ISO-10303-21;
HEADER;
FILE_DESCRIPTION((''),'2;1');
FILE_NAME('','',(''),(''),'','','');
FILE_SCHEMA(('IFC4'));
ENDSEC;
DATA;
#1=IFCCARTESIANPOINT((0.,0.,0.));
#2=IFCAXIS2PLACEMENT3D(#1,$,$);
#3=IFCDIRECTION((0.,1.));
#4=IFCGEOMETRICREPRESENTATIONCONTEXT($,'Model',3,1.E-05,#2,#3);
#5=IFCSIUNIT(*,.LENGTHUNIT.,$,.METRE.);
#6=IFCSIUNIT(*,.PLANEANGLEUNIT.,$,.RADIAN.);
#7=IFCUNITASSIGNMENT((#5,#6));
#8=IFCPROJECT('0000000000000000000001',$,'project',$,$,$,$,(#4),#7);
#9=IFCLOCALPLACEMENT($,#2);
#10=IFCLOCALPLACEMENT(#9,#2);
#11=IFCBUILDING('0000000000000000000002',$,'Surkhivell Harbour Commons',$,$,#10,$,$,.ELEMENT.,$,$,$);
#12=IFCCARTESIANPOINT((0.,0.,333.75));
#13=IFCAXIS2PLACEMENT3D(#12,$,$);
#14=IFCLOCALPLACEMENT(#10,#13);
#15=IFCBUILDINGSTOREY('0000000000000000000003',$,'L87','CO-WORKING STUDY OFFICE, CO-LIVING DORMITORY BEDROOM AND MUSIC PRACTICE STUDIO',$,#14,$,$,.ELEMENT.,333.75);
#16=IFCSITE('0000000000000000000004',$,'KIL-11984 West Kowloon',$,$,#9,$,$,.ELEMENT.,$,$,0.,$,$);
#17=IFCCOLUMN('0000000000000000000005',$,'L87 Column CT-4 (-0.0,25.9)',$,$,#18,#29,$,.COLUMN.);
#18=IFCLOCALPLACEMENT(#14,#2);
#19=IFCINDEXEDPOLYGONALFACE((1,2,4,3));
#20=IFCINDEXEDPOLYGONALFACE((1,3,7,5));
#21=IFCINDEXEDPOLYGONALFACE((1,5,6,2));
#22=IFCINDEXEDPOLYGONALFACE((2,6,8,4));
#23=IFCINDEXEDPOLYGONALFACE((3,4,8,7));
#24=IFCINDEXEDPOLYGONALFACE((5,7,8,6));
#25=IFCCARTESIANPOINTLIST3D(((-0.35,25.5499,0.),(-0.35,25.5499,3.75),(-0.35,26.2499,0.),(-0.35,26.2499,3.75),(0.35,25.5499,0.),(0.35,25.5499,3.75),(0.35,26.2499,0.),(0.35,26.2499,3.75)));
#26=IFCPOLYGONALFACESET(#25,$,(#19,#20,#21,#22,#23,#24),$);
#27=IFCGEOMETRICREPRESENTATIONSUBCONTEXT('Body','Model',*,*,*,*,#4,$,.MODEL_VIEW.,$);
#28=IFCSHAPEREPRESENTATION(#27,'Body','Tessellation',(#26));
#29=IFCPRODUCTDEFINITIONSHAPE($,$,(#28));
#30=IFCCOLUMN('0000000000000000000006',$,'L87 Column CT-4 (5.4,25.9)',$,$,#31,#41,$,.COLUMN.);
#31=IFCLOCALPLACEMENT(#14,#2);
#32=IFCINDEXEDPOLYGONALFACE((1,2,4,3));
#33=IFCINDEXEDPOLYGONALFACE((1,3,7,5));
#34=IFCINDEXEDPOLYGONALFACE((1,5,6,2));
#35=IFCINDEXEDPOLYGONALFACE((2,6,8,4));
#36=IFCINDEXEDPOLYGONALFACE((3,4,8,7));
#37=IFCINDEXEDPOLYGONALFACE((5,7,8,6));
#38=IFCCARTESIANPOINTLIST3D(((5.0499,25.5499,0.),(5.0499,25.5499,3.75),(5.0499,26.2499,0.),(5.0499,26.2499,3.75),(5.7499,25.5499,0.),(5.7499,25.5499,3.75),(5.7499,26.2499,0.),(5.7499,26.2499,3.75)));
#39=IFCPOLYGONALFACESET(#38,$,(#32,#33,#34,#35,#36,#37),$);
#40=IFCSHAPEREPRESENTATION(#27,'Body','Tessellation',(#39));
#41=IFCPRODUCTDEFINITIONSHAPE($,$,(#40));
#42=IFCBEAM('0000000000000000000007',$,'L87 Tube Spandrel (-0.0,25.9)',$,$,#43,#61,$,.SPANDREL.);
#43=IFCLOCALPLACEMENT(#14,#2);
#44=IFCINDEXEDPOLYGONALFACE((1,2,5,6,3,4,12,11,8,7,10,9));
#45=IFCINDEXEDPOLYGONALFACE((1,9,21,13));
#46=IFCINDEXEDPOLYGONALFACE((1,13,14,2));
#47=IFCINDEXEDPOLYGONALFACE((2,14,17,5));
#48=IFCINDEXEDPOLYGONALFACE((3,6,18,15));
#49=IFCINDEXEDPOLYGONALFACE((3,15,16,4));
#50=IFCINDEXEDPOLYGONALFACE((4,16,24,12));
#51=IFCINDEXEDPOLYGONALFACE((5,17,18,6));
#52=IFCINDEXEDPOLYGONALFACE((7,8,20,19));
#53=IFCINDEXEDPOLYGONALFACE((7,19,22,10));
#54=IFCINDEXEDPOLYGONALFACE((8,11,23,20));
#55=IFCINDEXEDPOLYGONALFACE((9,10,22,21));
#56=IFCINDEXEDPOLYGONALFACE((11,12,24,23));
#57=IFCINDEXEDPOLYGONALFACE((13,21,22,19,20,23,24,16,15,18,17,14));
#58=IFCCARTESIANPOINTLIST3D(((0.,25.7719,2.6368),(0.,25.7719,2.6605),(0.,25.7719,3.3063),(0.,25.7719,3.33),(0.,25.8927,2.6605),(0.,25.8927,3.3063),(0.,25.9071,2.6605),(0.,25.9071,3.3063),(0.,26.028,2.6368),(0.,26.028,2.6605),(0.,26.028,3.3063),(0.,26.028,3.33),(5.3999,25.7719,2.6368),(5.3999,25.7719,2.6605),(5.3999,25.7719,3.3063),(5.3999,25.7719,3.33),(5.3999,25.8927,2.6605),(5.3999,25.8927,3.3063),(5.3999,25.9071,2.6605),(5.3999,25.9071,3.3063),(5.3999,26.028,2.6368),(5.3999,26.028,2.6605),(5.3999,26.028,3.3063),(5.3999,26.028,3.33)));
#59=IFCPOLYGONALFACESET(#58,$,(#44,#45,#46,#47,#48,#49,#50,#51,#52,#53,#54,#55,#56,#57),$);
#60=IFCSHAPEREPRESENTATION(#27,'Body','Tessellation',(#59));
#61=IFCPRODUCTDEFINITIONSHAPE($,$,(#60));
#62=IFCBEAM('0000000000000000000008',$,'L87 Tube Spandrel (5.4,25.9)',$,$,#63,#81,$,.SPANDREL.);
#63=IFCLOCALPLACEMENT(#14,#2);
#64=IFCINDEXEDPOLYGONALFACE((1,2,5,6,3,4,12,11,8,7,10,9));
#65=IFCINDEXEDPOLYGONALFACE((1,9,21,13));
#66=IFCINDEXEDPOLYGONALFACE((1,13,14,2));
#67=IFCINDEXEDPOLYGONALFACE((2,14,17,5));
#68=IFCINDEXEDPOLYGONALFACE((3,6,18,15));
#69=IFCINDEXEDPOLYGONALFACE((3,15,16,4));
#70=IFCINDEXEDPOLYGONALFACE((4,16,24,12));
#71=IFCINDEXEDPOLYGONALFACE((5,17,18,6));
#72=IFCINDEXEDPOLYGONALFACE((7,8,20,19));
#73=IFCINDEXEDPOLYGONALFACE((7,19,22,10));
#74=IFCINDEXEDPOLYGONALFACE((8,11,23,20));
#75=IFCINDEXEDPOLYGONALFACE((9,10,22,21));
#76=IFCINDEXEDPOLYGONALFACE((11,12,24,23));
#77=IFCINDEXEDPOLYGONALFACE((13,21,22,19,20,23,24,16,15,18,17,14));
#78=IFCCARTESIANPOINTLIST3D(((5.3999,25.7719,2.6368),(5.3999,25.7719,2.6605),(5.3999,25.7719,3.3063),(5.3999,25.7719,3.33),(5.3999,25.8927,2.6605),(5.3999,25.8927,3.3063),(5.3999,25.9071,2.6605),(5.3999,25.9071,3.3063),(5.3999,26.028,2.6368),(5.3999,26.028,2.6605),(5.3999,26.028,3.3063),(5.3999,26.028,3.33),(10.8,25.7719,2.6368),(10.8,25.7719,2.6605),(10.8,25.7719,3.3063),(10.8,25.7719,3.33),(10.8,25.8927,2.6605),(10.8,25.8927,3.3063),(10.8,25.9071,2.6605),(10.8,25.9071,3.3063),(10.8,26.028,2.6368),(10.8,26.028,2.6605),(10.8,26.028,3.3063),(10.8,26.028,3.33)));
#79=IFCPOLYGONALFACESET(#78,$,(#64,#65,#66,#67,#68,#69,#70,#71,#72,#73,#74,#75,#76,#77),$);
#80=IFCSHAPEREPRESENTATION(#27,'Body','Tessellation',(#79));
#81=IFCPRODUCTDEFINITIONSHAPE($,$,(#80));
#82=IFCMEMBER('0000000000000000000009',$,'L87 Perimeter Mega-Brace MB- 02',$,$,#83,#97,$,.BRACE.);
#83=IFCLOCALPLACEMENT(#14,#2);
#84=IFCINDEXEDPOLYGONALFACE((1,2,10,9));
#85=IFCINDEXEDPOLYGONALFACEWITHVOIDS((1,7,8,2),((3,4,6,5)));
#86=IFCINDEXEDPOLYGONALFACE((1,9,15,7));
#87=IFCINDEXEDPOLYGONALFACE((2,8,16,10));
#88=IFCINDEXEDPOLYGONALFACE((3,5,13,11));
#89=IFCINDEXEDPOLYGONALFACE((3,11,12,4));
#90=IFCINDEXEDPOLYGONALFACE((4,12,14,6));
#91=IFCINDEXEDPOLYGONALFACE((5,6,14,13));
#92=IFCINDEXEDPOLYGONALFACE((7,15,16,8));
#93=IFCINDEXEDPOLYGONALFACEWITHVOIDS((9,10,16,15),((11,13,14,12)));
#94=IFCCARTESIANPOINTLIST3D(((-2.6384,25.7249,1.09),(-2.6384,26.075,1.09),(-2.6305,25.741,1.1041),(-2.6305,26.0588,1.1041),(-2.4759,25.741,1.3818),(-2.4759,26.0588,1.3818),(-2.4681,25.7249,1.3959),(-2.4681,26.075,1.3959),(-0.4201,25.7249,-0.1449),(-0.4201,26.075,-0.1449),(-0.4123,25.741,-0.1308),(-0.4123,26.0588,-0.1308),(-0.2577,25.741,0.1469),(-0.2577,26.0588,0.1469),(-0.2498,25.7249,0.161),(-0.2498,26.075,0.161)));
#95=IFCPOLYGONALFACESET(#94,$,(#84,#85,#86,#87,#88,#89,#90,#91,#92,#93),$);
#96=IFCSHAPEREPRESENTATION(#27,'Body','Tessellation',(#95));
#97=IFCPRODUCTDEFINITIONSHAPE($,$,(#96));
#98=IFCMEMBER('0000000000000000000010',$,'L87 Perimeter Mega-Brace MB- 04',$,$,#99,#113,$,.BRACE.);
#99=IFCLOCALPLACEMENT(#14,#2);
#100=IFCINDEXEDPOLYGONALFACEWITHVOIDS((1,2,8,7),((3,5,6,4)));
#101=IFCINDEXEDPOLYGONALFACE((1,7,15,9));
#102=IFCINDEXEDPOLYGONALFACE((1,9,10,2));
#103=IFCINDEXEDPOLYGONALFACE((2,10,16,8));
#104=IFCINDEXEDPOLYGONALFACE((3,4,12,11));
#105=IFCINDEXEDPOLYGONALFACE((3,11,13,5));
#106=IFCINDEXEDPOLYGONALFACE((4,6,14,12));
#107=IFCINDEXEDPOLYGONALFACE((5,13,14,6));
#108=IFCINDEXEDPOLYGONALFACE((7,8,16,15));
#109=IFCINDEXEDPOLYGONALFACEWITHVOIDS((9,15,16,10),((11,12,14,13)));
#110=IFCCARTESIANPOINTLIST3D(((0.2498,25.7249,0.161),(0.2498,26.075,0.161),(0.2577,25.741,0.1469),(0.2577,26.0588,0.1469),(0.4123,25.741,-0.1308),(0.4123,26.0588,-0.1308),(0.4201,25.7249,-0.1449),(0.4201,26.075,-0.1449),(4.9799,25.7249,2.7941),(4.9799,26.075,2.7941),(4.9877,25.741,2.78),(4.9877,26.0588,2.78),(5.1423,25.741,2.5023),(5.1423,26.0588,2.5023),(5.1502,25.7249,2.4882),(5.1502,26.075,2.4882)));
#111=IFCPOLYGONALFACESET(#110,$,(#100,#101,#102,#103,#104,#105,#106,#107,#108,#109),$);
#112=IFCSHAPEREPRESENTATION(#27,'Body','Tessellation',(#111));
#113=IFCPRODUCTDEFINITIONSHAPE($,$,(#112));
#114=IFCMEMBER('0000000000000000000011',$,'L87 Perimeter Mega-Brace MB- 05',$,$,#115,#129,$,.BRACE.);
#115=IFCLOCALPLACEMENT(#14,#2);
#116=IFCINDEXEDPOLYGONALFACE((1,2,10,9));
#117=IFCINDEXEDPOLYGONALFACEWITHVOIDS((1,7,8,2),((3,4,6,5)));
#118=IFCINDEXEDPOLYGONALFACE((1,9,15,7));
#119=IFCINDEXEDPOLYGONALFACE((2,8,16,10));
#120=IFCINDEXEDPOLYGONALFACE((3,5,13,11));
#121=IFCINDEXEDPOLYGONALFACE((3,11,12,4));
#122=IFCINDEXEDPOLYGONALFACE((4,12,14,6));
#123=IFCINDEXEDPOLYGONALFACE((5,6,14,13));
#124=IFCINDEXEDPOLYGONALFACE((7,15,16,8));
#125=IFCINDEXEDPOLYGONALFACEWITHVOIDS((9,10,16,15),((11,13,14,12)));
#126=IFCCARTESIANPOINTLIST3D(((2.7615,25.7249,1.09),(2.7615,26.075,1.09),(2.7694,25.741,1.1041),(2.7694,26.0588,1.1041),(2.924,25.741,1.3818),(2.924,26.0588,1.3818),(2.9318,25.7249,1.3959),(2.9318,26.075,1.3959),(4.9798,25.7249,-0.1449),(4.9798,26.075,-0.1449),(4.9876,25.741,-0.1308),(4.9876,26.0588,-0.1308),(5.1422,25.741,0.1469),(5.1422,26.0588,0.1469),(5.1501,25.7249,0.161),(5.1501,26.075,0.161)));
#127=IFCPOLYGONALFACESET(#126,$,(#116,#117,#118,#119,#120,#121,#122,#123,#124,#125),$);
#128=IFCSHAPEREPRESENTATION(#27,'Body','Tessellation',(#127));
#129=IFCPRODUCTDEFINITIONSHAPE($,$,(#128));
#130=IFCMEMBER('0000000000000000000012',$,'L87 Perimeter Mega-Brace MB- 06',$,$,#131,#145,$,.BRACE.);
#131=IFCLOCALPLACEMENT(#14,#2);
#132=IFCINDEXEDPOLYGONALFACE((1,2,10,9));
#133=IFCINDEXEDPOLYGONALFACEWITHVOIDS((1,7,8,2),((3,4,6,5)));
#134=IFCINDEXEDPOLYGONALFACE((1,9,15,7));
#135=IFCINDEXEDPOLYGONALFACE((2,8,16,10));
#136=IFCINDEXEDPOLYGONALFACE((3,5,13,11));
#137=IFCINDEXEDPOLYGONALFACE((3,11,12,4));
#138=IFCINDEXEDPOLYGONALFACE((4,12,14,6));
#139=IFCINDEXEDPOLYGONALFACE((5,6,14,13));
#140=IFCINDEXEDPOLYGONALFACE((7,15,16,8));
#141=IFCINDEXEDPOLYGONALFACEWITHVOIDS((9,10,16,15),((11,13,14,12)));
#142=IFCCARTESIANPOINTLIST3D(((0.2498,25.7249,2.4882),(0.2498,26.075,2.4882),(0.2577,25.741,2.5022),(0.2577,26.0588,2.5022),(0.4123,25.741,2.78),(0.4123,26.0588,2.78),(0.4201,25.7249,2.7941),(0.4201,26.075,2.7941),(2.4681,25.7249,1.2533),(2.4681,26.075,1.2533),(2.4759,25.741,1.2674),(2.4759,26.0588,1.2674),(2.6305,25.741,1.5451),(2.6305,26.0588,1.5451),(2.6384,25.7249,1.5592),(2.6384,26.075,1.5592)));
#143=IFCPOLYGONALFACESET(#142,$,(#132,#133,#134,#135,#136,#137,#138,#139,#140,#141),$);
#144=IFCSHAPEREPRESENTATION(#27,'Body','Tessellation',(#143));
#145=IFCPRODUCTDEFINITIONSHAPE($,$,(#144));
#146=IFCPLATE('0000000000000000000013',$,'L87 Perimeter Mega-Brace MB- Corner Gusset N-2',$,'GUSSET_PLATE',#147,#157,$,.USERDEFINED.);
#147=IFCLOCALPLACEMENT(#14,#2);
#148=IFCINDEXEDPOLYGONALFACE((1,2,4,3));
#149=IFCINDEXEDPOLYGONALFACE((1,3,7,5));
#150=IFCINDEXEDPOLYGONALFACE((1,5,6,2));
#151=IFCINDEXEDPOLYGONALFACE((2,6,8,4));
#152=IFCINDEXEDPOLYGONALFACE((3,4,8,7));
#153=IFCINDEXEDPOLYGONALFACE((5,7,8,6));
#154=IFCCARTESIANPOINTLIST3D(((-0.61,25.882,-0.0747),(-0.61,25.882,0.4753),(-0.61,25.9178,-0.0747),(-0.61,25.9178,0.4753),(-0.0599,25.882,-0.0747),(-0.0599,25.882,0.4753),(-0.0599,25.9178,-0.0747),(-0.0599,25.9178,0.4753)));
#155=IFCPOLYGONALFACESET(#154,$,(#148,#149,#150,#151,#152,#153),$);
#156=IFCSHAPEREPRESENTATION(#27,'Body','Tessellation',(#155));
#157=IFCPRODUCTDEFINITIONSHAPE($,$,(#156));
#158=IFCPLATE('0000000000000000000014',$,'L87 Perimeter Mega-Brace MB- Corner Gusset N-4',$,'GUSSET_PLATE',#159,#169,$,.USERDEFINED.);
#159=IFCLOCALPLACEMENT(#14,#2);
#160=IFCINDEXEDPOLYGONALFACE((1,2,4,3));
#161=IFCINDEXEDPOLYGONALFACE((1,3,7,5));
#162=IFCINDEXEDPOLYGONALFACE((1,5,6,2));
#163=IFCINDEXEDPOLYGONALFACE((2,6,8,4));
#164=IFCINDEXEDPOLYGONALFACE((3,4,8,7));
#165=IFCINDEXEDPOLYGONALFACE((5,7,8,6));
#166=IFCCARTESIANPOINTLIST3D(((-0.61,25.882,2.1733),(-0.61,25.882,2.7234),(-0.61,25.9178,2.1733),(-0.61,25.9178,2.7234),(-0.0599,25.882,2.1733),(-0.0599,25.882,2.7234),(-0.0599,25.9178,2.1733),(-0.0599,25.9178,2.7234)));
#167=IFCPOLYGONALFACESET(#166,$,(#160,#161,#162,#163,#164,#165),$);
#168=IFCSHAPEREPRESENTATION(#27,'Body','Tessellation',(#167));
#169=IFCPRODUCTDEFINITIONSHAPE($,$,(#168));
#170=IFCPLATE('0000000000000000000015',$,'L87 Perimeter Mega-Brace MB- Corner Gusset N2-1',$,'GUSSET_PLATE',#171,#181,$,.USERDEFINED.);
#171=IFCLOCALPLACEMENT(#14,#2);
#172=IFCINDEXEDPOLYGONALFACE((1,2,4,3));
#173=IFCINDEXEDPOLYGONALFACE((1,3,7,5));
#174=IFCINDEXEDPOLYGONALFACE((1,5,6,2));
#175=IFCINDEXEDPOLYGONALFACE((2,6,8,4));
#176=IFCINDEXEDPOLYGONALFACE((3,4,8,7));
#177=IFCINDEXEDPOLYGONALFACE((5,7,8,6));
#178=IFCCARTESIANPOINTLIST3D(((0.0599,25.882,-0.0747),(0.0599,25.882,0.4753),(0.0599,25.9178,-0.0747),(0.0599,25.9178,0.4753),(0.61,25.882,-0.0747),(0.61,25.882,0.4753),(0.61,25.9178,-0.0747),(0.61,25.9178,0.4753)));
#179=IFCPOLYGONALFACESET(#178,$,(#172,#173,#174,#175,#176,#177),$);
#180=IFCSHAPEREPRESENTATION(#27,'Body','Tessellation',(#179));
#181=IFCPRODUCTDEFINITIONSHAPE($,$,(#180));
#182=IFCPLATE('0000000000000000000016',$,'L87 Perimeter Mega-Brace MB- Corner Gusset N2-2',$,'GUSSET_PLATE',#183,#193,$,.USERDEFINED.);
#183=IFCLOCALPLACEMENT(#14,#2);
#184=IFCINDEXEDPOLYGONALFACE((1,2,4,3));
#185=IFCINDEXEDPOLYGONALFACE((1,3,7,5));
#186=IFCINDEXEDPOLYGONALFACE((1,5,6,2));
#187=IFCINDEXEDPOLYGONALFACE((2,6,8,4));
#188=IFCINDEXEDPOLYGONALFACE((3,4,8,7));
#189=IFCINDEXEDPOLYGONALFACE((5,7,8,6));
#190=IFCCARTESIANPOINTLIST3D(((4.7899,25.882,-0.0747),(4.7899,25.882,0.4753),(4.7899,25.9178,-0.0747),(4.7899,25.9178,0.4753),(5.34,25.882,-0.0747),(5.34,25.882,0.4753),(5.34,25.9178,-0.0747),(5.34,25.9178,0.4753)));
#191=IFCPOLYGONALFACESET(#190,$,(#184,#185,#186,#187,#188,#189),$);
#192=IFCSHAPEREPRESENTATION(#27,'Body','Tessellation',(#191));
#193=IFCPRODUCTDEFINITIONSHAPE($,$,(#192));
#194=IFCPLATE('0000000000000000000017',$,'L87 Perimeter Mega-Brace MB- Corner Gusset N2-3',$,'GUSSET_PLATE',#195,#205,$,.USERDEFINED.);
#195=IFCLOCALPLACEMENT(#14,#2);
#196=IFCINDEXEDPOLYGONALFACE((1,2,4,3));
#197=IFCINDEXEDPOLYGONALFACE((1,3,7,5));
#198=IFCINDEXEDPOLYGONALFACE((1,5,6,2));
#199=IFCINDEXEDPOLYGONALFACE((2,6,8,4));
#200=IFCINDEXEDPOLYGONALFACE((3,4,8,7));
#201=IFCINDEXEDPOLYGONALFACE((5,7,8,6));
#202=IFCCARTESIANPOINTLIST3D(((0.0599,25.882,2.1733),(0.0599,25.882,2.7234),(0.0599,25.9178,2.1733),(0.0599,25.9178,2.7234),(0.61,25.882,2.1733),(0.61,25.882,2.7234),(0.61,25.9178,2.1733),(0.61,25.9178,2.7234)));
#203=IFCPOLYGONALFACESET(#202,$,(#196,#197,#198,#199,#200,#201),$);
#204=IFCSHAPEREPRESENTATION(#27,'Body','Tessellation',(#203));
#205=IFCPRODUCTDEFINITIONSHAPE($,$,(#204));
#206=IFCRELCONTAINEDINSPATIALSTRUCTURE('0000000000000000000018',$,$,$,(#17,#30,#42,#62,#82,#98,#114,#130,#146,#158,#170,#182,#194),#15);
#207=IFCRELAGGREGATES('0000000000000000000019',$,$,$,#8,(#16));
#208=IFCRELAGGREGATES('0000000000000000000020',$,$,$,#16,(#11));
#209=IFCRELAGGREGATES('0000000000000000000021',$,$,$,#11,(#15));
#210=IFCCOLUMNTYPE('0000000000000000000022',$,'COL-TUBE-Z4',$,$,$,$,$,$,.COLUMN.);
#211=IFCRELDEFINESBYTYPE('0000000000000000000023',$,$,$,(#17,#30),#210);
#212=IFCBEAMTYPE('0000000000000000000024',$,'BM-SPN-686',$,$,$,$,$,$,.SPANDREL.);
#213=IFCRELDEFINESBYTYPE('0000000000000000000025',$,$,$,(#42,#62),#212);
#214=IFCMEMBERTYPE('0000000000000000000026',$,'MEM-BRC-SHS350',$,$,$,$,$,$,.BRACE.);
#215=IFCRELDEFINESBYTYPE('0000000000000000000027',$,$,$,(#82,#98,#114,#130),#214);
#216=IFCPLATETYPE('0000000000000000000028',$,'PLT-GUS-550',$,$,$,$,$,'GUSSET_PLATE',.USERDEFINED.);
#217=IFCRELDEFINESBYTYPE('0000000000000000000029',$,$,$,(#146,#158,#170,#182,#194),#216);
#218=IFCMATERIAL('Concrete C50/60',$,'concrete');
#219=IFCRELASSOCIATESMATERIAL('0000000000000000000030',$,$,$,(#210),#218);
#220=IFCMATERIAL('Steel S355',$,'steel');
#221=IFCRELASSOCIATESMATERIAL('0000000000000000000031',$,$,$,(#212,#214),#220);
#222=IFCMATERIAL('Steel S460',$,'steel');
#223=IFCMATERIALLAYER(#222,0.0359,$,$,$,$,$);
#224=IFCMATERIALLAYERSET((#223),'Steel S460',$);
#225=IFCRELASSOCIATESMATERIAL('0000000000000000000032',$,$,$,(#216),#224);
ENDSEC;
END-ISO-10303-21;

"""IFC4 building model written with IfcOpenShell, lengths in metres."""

from ifc_helpers import new_model, si_unit, direction, frame, origin, origin_2d, place, context, subcontext, project, spatial, rectangle, hollow_rectangle, i_section, extrude, material, layer, layer_set, material_profile, profile_set, type_object, element, save


model = new_model("IFC4")

# Units and contexts
model_context = context("Model", 3, precision=1e-05, world=origin(), true_north=direction((0.0, 1.0)))
body_context = subcontext(model_context, "Body", "Model", "MODEL_VIEW")
ifc_project = project(units=[si_unit("LENGTHUNIT", "METRE"), si_unit("PLANEANGLEUNIT", "RADIAN")], contexts=[model_context])

# Site, building, storey
site_placement = place(None, origin())
site = spatial("IfcSite", under=ifc_project, at=site_placement, Name="KIL-11984 West Kowloon", CompositionType="ELEMENT", RefElevation=0.0)
building_placement = place(site_placement, origin())
building = spatial("IfcBuilding", under=site, at=building_placement, Name="Surkhivell Harbour Commons", CompositionType="ELEMENT")
storey_placement = place(building_placement, frame((0.0, 0.0, 333.75)))
storey = spatial("IfcBuildingStorey", under=building, at=storey_placement, Name="L87", Description="CO-WORKING STUDY OFFICE, CO-LIVING DORMITORY BEDROOM AND MUSIC PRACTICE STUDIO", CompositionType="ELEMENT", Elevation=333.75)

# Columns
ifc_material_1 = material(Name="Concrete C50/60", Category="concrete")
ifc_material_profile_1 = material_profile(ifc_material_1, rectangle(XDim=0.7, YDim=0.7, at=origin_2d()), Name="RC-COL-700x700")
ifc_profile_set_1 = profile_set([ifc_material_profile_1], Name="Concrete C50/60")
column_type = type_object("IfcColumnType", Name="COL-TUBE-Z4", PredefinedType="COLUMN", material=ifc_profile_set_1)
for number, where, z_axis, x_axis, name in (
    (1, (0.0, 25.8999, 0.0), (0.0, 0.0, 1.0), (1.0, 0.0, 0.0), "L87 Column CT-4 (-0.0,25.9)"),
    (2, (5.3999, 25.8999, 0.0), (0.0, 0.0, 1.0), (1.0, 0.0, 0.0), "L87 Column CT-4 (5.4,25.9)"),
):
    element("IfcColumn", number, at=place(storey_placement, frame(where, z_axis=z_axis, x_axis=x_axis)), inside=storey, type_object=column_type, Name=name, PredefinedType="COLUMN", context=body_context, shape_type="SweptSolid", body=[
        extrude(rectangle(XDim=0.7, YDim=0.7, at=origin_2d()), origin(), (0.0, 0.0, 1.0), 3.75),
    ])

# Beams
ifc_material_2 = material(Name="Steel S355", Category="steel")
ifc_material_profile_2 = material_profile(ifc_material_2, i_section(OverallWidth=0.2561, OverallDepth=0.6931, WebThickness=0.0144, FlangeThickness=0.0237, at=origin_2d()), Name="UB686x254x170")
ifc_profile_set_2 = profile_set([ifc_material_profile_2], Name="Steel S355")
beam_type = type_object("IfcBeamType", Name="BM-SPN-686", PredefinedType="SPANDREL", material=ifc_profile_set_2)
beam_1_placement = place(storey_placement, frame((0.0, 25.8999, 2.9834), z_axis=(1.0, 0.0, 0.0), x_axis=(0.0, 1.0, 0.0)))
element("IfcBeam", 3, at=beam_1_placement, inside=storey, type_object=beam_type, Name="L87 Tube Spandrel (-0.0,25.9)", PredefinedType="SPANDREL", context=body_context, shape_type="SweptSolid", body=[
    extrude(i_section(OverallWidth=0.2561, OverallDepth=0.6931, WebThickness=0.0144, FlangeThickness=0.0237, at=origin_2d()), origin(), (0.0, 0.0, 1.0), 5.3999),
])
beam_2_placement = place(storey_placement, frame((5.3999, 25.8999, 2.9834), z_axis=(1.0, 0.0, 0.0), x_axis=(0.0, 1.0, 0.0)))
element("IfcBeam", 4, at=beam_2_placement, inside=storey, type_object=beam_type, Name="L87 Tube Spandrel (5.4,25.9)", PredefinedType="SPANDREL", context=body_context, shape_type="SweptSolid", body=[
    extrude(i_section(OverallWidth=0.2561, OverallDepth=0.6931, WebThickness=0.0144, FlangeThickness=0.0237, at=origin_2d()), origin(), (0.0, 0.0, 1.0), 5.4001),
])

# Members
ifc_material_profile_3 = material_profile(ifc_material_2, hollow_rectangle(XDim=0.3501, YDim=0.3501, WallThickness=0.0161, at=origin_2d()), Name="SHS350x350x16")
ifc_profile_set_3 = profile_set([ifc_material_profile_3], Name="Steel S355")
member_type = type_object("IfcMemberType", Name="MEM-BRC-SHS350", PredefinedType="BRACE", material=ifc_profile_set_3)
member_1_placement = place(storey_placement, frame((-0.335, 25.8999, 0.0081), z_axis=(-0.87374, 0.0, 0.486394), x_axis=(0.0, -1.0, 0.0)))
element("IfcMember", 5, at=member_1_placement, inside=storey, type_object=member_type, Name="L87 Perimeter Mega-Brace MB- 02", PredefinedType="BRACE", context=body_context, shape_type="SweptSolid", body=[
    extrude(hollow_rectangle(XDim=0.3501, YDim=0.3501, WallThickness=0.0161, at=origin_2d()), origin(), (0.0, 0.0, 1.0), 2.5388),
])
member_2_placement = place(storey_placement, frame((0.335, 25.8999, 0.0081), z_axis=(0.873742, 0.0, 0.486389), x_axis=(0.0, 1.0, 0.0)))
element("IfcMember", 6, at=member_2_placement, inside=storey, type_object=member_type, Name="L87 Perimeter Mega-Brace MB- 04", PredefinedType="BRACE", context=body_context, shape_type="SweptSolid", body=[
    extrude(hollow_rectangle(XDim=0.3501, YDim=0.3501, WallThickness=0.0161, at=origin_2d()), origin(), (0.0, 0.0, 1.0), 5.4136),
])
for number, where, z_axis, x_axis, name in (
    (7, (5.0649, 25.8999, 0.0081), (-0.87374, 0.0, 0.486394), (0.0, -1.0, 0.0), "L87 Perimeter Mega-Brace MB- 05"),
    (8, (2.5532, 25.8999, 1.4062), (-0.87374, 0.0, 0.486394), (0.0, -1.0, 0.0), "L87 Perimeter Mega-Brace MB- 06"),
):
    element("IfcMember", number, at=place(storey_placement, frame(where, z_axis=z_axis, x_axis=x_axis)), inside=storey, type_object=member_type, Name=name, PredefinedType="BRACE", context=body_context, shape_type="SweptSolid", body=[
        extrude(hollow_rectangle(XDim=0.3501, YDim=0.3501, WallThickness=0.0161, at=origin_2d()), origin(), (0.0, 0.0, 1.0), 2.5388),
    ])

# Plates
ifc_material_3 = material(Name="Steel S460", Category="steel")
ifc_layer_1 = layer(ifc_material_3, 0.0359)
ifc_layer_set_1 = layer_set([ifc_layer_1], Name="Steel S460")
plate_type_1 = type_object("IfcPlateType", Name="PLT-GUS-550", ElementType="GUSSET_PLATE", PredefinedType="USERDEFINED", material=ifc_layer_set_1)
for number, where, z_axis, x_axis, name in (
    (9, (-0.335, 25.8999, -0.0747), (0.0, 0.0, 1.0), (1.0, 0.0, 0.0), "L87 Perimeter Mega-Brace MB- Corner Gusset N-2"),
    (10, (-0.335, 25.8999, 2.1733), (0.0, 0.0, 1.0), (1.0, 0.0, 0.0), "L87 Perimeter Mega-Brace MB- Corner Gusset N-4"),
    (11, (0.335, 25.8999, -0.0747), (0.0, 0.0, 1.0), (1.0, 0.0, 0.0), "L87 Perimeter Mega-Brace MB- Corner Gusset N2-1"),
    (12, (5.0649, 25.8999, -0.0747), (0.0, 0.0, 1.0), (1.0, 0.0, 0.0), "L87 Perimeter Mega-Brace MB- Corner Gusset N2-2"),
    (13, (0.335, 25.8999, 2.1733), (0.0, 0.0, 1.0), (1.0, 0.0, 0.0), "L87 Perimeter Mega-Brace MB- Corner Gusset N2-3"),
):
    element("IfcPlate", number, at=place(storey_placement, frame(where, z_axis=z_axis, x_axis=x_axis)), inside=storey, type_object=plate_type_1, Name=name, ObjectType="GUSSET_PLATE", PredefinedType="USERDEFINED", context=body_context, shape_type="SweptSolid", body=[
        extrude(rectangle(XDim=0.55, YDim=0.0359, at=origin_2d()), origin(), (0.0, 0.0, 1.0), 0.55),
    ])

save(model, "model.ifc")
